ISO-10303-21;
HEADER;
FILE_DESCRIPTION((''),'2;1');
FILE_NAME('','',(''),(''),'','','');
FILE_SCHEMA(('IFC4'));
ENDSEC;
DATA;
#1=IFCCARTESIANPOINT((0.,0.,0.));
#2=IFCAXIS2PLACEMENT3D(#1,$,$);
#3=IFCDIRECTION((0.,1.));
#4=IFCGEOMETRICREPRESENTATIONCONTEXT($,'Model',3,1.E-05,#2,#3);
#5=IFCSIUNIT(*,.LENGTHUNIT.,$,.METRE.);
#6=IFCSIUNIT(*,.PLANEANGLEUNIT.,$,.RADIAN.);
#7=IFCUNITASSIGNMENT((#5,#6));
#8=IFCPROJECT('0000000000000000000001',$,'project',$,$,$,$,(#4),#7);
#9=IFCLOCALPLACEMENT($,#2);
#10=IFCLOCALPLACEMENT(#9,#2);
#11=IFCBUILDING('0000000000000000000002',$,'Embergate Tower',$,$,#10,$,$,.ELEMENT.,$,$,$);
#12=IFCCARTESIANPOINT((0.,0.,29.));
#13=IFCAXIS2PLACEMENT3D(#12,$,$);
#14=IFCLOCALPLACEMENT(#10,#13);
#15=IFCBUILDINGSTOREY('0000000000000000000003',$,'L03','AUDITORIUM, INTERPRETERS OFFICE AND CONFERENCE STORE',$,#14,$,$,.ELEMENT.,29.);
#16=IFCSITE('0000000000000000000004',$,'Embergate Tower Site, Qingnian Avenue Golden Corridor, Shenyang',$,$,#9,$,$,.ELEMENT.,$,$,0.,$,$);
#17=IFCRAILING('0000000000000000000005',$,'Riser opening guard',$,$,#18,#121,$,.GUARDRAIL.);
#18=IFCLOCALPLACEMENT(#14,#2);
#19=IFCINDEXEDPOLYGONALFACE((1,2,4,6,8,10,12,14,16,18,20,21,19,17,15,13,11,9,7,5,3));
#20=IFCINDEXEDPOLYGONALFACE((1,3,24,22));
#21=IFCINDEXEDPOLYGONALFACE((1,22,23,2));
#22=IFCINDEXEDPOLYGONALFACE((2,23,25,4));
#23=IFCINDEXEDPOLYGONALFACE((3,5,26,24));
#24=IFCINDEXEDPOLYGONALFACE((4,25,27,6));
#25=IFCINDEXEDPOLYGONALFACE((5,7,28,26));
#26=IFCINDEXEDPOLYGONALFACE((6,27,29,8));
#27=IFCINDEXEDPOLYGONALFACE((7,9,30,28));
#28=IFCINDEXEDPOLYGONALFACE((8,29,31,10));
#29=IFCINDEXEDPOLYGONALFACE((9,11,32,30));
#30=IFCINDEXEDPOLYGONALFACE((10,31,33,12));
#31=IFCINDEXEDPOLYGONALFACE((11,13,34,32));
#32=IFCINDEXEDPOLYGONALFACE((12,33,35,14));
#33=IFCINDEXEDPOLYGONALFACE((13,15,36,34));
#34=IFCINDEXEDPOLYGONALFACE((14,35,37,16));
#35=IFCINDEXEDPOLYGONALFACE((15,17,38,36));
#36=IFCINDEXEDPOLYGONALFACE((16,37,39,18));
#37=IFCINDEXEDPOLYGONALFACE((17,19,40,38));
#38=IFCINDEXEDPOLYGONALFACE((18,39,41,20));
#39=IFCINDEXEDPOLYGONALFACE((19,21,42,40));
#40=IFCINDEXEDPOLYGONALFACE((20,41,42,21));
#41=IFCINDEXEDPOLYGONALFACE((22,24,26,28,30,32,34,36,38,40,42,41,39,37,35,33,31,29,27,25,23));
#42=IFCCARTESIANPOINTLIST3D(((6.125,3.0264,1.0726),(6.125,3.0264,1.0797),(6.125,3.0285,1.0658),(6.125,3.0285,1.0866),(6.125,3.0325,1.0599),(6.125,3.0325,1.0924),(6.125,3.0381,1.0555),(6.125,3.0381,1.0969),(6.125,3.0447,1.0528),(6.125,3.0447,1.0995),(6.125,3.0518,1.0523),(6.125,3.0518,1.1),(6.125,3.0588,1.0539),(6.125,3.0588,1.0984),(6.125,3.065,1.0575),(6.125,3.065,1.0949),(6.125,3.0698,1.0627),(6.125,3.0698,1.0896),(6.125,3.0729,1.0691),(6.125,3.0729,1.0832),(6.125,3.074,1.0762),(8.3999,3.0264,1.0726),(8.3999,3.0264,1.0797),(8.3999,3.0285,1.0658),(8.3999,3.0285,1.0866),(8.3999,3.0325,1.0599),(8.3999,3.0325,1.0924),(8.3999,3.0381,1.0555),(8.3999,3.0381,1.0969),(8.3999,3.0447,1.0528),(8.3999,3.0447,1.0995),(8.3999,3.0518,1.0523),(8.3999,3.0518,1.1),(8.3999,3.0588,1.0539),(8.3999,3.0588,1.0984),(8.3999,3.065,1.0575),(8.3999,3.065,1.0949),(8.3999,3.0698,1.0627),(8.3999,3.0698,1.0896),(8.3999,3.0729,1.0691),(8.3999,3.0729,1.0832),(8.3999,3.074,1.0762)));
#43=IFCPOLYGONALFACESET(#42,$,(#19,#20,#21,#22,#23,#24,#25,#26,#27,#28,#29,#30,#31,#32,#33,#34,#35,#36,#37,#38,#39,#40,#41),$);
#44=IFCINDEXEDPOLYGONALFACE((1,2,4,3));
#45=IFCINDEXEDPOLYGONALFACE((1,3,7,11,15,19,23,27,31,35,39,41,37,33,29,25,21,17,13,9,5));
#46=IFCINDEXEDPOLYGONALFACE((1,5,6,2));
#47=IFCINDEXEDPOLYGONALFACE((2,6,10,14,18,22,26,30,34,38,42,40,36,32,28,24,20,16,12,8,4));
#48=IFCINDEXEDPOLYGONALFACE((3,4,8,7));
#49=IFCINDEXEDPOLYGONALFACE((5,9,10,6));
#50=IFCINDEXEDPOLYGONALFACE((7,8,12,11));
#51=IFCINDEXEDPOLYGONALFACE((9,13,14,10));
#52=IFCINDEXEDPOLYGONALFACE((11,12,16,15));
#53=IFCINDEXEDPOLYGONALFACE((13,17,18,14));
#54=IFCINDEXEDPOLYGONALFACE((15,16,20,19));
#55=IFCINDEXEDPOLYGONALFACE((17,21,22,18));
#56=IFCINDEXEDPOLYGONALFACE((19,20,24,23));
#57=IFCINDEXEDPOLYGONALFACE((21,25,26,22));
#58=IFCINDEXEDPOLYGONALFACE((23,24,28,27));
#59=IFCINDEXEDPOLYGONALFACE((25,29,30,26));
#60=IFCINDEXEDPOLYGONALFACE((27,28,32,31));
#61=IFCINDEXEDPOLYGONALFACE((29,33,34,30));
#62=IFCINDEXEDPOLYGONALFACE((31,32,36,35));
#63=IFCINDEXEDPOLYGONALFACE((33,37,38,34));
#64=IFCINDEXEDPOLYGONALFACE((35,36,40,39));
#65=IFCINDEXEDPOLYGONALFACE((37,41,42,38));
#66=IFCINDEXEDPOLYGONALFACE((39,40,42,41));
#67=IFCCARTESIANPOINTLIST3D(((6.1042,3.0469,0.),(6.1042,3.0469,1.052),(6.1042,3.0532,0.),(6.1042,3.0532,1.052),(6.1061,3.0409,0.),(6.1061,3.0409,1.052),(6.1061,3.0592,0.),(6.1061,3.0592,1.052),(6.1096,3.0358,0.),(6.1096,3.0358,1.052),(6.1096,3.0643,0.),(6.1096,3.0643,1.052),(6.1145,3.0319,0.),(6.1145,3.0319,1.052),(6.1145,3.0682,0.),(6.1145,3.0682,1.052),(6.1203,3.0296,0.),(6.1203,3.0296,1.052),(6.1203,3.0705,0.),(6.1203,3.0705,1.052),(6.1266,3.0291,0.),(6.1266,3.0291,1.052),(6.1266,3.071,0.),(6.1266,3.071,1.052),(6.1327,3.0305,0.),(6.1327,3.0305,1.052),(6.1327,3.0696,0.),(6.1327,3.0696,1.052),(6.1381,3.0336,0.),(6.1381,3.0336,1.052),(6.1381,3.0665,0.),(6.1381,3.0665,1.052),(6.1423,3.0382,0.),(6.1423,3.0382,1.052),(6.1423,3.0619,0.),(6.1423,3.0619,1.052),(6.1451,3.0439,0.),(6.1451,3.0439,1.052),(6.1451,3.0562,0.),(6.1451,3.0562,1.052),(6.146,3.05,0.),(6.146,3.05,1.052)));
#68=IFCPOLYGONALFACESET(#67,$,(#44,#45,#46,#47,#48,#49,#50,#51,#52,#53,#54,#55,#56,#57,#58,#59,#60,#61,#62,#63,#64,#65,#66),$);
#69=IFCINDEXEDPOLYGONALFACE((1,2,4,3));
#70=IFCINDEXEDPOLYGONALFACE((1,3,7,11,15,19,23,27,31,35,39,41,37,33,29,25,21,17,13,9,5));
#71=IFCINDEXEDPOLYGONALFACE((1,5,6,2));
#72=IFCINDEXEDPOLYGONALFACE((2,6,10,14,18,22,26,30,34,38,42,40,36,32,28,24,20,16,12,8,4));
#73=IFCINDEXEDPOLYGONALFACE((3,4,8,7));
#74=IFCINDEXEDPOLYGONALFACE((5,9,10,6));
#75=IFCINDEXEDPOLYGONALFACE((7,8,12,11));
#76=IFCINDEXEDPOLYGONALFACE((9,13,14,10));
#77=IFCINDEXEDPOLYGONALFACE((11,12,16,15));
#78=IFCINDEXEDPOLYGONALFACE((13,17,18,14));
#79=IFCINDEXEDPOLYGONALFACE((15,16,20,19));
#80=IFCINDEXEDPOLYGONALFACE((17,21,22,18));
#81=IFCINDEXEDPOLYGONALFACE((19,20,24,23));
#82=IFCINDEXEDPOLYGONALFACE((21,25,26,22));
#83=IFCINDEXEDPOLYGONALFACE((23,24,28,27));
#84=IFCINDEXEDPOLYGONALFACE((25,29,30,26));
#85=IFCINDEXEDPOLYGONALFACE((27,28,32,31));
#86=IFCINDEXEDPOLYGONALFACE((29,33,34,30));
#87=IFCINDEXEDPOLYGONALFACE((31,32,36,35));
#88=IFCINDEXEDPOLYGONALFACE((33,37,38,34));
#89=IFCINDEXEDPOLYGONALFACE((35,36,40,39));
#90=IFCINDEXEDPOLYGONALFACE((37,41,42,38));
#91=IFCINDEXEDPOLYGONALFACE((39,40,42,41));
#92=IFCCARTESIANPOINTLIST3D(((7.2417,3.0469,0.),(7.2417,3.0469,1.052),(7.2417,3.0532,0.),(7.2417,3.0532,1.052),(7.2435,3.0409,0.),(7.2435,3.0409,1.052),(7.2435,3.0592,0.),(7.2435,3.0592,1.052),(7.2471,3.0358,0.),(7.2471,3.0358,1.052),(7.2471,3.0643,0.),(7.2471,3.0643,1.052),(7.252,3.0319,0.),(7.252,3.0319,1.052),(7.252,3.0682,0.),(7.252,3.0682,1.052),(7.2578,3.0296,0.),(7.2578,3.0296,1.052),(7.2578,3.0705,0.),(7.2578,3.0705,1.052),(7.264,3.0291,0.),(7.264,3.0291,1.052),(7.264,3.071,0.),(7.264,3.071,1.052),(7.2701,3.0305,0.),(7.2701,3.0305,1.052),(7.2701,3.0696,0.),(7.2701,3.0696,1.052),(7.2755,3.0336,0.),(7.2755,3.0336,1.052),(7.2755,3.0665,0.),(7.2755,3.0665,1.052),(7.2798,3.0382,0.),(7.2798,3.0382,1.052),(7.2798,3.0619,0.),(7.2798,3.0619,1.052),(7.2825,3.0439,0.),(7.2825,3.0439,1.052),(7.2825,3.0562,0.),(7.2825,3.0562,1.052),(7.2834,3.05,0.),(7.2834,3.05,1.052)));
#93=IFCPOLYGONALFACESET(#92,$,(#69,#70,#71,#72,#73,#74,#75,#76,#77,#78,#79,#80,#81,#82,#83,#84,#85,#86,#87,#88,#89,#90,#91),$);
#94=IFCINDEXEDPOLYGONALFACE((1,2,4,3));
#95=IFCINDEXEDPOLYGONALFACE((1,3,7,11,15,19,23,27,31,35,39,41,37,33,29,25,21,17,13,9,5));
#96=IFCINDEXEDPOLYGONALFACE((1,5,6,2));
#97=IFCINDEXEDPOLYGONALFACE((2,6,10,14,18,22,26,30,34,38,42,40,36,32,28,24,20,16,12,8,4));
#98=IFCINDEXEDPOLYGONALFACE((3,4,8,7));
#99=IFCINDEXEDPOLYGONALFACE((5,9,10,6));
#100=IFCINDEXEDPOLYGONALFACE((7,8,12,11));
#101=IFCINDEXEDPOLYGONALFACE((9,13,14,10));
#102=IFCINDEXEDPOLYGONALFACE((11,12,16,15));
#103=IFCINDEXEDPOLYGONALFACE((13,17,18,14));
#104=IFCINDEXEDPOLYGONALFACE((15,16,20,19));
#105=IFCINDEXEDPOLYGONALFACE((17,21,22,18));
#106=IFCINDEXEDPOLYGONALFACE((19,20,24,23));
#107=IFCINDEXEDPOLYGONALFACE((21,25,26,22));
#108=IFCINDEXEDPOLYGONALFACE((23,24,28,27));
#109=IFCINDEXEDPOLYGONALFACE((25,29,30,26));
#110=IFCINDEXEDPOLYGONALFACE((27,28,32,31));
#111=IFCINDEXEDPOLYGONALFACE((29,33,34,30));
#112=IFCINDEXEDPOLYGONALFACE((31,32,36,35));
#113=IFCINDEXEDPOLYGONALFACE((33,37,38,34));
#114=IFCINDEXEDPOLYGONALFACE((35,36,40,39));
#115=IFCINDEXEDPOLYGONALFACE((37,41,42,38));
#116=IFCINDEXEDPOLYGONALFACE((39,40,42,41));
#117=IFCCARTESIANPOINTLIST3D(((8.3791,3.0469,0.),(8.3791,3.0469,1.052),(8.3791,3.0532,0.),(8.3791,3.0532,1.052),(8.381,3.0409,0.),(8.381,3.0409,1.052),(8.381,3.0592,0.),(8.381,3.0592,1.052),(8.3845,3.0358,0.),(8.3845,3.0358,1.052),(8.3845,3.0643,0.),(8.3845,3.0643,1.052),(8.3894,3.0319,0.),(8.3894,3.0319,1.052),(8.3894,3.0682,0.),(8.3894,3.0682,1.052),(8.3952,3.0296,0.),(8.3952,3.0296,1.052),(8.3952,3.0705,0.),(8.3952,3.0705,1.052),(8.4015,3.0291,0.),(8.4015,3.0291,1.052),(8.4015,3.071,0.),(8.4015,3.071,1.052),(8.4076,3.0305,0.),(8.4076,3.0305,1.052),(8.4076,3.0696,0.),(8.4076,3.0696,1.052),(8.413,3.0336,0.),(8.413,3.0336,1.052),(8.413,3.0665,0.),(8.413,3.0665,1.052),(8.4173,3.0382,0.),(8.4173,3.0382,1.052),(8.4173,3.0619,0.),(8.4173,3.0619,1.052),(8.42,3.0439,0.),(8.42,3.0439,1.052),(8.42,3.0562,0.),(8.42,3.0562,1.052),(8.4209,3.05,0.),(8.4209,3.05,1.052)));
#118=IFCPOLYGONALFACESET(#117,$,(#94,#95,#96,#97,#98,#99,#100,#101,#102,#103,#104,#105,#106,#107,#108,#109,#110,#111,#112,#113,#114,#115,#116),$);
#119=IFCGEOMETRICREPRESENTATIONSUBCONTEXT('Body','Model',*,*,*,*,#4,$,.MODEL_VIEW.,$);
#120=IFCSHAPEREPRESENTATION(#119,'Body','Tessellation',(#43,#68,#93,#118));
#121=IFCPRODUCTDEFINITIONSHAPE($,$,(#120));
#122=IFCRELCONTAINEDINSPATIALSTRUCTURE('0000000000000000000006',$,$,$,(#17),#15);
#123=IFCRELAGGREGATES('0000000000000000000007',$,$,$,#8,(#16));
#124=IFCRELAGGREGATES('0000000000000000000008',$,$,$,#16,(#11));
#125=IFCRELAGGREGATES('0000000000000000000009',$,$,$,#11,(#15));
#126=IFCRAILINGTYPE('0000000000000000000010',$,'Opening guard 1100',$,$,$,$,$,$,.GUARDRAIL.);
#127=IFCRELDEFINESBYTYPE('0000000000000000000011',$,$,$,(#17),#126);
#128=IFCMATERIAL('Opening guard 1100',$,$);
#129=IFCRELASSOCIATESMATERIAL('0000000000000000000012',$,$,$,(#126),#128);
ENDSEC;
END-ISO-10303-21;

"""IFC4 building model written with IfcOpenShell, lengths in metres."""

from ifc_helpers import new_model, si_unit, direction, frame, origin, origin_2d, place, context, subcontext, project, spatial, circle, extrude, source, transform, mapped, material, type_object, element, save


model = new_model("IFC4")

# Units and contexts
model_context = context("Model", 3, precision=1e-05, world=origin(), true_north=direction((0.0, 1.0)))
body_context = subcontext(model_context, "Body", "Model", "MODEL_VIEW")
ifc_project = project(units=[si_unit("LENGTHUNIT", "METRE"), si_unit("PLANEANGLEUNIT", "RADIAN")], contexts=[model_context])

# Site, building, storey
site_placement = place(None, origin())
site = spatial("IfcSite", under=ifc_project, at=site_placement, Name="Embergate Tower Site, Qingnian Avenue Golden Corridor, Shenyang", CompositionType="ELEMENT", RefElevation=0.0)
building_placement = place(site_placement, origin())
building = spatial("IfcBuilding", under=site, at=building_placement, Name="Embergate Tower", CompositionType="ELEMENT")
storey_placement = place(building_placement, frame((0.0, 0.0, 29.0)))
storey = spatial("IfcBuildingStorey", under=building, at=storey_placement, Name="L03", Description="AUDITORIUM, INTERPRETERS OFFICE AND CONFERENCE STORE", CompositionType="ELEMENT", Elevation=29.0)

# Railing
ifc_material_1 = material(Name="Opening guard 1100")
railing_type_1 = type_object("IfcRailingType", Name="Opening guard 1100", PredefinedType="GUARDRAIL", material=ifc_material_1)
shared_shape_1 = source(origin(), body_context, "Body", "SweptSolid", [
    extrude(circle(Radius=0.0239, at=origin_2d()), frame((0.0, 0.0, 1.0762), z_axis=(1.0, 0.0, 0.0), x_axis=(0.0, 1.0, 0.0)), (0.0, 0.0, 1.0), 2.2749),
    extrude(circle(Radius=0.021, at=origin_2d()), origin(), (0.0, 0.0, 1.0), 1.052),
    extrude(circle(Radius=0.021, at=origin_2d()), frame((1.1375, 0.0, 0.0)), (0.0, 0.0, 1.0), 1.052),
    extrude(circle(Radius=0.021, at=origin_2d()), frame((2.2749, 0.0, 0.0)), (0.0, 0.0, 1.0), 1.052),
])
railing_1_placement = place(storey_placement, frame((6.125, 3.05, 0.0)))
element("IfcRailing", 1, at=railing_1_placement, inside=storey, type_object=railing_type_1, Name="Riser opening guard", PredefinedType="GUARDRAIL", context=body_context, shape_type="MappedRepresentation", body=[
    mapped(shared_shape_1, transform((0.0, 0.0, 0.0))),
])

save(model, "model.ifc")
